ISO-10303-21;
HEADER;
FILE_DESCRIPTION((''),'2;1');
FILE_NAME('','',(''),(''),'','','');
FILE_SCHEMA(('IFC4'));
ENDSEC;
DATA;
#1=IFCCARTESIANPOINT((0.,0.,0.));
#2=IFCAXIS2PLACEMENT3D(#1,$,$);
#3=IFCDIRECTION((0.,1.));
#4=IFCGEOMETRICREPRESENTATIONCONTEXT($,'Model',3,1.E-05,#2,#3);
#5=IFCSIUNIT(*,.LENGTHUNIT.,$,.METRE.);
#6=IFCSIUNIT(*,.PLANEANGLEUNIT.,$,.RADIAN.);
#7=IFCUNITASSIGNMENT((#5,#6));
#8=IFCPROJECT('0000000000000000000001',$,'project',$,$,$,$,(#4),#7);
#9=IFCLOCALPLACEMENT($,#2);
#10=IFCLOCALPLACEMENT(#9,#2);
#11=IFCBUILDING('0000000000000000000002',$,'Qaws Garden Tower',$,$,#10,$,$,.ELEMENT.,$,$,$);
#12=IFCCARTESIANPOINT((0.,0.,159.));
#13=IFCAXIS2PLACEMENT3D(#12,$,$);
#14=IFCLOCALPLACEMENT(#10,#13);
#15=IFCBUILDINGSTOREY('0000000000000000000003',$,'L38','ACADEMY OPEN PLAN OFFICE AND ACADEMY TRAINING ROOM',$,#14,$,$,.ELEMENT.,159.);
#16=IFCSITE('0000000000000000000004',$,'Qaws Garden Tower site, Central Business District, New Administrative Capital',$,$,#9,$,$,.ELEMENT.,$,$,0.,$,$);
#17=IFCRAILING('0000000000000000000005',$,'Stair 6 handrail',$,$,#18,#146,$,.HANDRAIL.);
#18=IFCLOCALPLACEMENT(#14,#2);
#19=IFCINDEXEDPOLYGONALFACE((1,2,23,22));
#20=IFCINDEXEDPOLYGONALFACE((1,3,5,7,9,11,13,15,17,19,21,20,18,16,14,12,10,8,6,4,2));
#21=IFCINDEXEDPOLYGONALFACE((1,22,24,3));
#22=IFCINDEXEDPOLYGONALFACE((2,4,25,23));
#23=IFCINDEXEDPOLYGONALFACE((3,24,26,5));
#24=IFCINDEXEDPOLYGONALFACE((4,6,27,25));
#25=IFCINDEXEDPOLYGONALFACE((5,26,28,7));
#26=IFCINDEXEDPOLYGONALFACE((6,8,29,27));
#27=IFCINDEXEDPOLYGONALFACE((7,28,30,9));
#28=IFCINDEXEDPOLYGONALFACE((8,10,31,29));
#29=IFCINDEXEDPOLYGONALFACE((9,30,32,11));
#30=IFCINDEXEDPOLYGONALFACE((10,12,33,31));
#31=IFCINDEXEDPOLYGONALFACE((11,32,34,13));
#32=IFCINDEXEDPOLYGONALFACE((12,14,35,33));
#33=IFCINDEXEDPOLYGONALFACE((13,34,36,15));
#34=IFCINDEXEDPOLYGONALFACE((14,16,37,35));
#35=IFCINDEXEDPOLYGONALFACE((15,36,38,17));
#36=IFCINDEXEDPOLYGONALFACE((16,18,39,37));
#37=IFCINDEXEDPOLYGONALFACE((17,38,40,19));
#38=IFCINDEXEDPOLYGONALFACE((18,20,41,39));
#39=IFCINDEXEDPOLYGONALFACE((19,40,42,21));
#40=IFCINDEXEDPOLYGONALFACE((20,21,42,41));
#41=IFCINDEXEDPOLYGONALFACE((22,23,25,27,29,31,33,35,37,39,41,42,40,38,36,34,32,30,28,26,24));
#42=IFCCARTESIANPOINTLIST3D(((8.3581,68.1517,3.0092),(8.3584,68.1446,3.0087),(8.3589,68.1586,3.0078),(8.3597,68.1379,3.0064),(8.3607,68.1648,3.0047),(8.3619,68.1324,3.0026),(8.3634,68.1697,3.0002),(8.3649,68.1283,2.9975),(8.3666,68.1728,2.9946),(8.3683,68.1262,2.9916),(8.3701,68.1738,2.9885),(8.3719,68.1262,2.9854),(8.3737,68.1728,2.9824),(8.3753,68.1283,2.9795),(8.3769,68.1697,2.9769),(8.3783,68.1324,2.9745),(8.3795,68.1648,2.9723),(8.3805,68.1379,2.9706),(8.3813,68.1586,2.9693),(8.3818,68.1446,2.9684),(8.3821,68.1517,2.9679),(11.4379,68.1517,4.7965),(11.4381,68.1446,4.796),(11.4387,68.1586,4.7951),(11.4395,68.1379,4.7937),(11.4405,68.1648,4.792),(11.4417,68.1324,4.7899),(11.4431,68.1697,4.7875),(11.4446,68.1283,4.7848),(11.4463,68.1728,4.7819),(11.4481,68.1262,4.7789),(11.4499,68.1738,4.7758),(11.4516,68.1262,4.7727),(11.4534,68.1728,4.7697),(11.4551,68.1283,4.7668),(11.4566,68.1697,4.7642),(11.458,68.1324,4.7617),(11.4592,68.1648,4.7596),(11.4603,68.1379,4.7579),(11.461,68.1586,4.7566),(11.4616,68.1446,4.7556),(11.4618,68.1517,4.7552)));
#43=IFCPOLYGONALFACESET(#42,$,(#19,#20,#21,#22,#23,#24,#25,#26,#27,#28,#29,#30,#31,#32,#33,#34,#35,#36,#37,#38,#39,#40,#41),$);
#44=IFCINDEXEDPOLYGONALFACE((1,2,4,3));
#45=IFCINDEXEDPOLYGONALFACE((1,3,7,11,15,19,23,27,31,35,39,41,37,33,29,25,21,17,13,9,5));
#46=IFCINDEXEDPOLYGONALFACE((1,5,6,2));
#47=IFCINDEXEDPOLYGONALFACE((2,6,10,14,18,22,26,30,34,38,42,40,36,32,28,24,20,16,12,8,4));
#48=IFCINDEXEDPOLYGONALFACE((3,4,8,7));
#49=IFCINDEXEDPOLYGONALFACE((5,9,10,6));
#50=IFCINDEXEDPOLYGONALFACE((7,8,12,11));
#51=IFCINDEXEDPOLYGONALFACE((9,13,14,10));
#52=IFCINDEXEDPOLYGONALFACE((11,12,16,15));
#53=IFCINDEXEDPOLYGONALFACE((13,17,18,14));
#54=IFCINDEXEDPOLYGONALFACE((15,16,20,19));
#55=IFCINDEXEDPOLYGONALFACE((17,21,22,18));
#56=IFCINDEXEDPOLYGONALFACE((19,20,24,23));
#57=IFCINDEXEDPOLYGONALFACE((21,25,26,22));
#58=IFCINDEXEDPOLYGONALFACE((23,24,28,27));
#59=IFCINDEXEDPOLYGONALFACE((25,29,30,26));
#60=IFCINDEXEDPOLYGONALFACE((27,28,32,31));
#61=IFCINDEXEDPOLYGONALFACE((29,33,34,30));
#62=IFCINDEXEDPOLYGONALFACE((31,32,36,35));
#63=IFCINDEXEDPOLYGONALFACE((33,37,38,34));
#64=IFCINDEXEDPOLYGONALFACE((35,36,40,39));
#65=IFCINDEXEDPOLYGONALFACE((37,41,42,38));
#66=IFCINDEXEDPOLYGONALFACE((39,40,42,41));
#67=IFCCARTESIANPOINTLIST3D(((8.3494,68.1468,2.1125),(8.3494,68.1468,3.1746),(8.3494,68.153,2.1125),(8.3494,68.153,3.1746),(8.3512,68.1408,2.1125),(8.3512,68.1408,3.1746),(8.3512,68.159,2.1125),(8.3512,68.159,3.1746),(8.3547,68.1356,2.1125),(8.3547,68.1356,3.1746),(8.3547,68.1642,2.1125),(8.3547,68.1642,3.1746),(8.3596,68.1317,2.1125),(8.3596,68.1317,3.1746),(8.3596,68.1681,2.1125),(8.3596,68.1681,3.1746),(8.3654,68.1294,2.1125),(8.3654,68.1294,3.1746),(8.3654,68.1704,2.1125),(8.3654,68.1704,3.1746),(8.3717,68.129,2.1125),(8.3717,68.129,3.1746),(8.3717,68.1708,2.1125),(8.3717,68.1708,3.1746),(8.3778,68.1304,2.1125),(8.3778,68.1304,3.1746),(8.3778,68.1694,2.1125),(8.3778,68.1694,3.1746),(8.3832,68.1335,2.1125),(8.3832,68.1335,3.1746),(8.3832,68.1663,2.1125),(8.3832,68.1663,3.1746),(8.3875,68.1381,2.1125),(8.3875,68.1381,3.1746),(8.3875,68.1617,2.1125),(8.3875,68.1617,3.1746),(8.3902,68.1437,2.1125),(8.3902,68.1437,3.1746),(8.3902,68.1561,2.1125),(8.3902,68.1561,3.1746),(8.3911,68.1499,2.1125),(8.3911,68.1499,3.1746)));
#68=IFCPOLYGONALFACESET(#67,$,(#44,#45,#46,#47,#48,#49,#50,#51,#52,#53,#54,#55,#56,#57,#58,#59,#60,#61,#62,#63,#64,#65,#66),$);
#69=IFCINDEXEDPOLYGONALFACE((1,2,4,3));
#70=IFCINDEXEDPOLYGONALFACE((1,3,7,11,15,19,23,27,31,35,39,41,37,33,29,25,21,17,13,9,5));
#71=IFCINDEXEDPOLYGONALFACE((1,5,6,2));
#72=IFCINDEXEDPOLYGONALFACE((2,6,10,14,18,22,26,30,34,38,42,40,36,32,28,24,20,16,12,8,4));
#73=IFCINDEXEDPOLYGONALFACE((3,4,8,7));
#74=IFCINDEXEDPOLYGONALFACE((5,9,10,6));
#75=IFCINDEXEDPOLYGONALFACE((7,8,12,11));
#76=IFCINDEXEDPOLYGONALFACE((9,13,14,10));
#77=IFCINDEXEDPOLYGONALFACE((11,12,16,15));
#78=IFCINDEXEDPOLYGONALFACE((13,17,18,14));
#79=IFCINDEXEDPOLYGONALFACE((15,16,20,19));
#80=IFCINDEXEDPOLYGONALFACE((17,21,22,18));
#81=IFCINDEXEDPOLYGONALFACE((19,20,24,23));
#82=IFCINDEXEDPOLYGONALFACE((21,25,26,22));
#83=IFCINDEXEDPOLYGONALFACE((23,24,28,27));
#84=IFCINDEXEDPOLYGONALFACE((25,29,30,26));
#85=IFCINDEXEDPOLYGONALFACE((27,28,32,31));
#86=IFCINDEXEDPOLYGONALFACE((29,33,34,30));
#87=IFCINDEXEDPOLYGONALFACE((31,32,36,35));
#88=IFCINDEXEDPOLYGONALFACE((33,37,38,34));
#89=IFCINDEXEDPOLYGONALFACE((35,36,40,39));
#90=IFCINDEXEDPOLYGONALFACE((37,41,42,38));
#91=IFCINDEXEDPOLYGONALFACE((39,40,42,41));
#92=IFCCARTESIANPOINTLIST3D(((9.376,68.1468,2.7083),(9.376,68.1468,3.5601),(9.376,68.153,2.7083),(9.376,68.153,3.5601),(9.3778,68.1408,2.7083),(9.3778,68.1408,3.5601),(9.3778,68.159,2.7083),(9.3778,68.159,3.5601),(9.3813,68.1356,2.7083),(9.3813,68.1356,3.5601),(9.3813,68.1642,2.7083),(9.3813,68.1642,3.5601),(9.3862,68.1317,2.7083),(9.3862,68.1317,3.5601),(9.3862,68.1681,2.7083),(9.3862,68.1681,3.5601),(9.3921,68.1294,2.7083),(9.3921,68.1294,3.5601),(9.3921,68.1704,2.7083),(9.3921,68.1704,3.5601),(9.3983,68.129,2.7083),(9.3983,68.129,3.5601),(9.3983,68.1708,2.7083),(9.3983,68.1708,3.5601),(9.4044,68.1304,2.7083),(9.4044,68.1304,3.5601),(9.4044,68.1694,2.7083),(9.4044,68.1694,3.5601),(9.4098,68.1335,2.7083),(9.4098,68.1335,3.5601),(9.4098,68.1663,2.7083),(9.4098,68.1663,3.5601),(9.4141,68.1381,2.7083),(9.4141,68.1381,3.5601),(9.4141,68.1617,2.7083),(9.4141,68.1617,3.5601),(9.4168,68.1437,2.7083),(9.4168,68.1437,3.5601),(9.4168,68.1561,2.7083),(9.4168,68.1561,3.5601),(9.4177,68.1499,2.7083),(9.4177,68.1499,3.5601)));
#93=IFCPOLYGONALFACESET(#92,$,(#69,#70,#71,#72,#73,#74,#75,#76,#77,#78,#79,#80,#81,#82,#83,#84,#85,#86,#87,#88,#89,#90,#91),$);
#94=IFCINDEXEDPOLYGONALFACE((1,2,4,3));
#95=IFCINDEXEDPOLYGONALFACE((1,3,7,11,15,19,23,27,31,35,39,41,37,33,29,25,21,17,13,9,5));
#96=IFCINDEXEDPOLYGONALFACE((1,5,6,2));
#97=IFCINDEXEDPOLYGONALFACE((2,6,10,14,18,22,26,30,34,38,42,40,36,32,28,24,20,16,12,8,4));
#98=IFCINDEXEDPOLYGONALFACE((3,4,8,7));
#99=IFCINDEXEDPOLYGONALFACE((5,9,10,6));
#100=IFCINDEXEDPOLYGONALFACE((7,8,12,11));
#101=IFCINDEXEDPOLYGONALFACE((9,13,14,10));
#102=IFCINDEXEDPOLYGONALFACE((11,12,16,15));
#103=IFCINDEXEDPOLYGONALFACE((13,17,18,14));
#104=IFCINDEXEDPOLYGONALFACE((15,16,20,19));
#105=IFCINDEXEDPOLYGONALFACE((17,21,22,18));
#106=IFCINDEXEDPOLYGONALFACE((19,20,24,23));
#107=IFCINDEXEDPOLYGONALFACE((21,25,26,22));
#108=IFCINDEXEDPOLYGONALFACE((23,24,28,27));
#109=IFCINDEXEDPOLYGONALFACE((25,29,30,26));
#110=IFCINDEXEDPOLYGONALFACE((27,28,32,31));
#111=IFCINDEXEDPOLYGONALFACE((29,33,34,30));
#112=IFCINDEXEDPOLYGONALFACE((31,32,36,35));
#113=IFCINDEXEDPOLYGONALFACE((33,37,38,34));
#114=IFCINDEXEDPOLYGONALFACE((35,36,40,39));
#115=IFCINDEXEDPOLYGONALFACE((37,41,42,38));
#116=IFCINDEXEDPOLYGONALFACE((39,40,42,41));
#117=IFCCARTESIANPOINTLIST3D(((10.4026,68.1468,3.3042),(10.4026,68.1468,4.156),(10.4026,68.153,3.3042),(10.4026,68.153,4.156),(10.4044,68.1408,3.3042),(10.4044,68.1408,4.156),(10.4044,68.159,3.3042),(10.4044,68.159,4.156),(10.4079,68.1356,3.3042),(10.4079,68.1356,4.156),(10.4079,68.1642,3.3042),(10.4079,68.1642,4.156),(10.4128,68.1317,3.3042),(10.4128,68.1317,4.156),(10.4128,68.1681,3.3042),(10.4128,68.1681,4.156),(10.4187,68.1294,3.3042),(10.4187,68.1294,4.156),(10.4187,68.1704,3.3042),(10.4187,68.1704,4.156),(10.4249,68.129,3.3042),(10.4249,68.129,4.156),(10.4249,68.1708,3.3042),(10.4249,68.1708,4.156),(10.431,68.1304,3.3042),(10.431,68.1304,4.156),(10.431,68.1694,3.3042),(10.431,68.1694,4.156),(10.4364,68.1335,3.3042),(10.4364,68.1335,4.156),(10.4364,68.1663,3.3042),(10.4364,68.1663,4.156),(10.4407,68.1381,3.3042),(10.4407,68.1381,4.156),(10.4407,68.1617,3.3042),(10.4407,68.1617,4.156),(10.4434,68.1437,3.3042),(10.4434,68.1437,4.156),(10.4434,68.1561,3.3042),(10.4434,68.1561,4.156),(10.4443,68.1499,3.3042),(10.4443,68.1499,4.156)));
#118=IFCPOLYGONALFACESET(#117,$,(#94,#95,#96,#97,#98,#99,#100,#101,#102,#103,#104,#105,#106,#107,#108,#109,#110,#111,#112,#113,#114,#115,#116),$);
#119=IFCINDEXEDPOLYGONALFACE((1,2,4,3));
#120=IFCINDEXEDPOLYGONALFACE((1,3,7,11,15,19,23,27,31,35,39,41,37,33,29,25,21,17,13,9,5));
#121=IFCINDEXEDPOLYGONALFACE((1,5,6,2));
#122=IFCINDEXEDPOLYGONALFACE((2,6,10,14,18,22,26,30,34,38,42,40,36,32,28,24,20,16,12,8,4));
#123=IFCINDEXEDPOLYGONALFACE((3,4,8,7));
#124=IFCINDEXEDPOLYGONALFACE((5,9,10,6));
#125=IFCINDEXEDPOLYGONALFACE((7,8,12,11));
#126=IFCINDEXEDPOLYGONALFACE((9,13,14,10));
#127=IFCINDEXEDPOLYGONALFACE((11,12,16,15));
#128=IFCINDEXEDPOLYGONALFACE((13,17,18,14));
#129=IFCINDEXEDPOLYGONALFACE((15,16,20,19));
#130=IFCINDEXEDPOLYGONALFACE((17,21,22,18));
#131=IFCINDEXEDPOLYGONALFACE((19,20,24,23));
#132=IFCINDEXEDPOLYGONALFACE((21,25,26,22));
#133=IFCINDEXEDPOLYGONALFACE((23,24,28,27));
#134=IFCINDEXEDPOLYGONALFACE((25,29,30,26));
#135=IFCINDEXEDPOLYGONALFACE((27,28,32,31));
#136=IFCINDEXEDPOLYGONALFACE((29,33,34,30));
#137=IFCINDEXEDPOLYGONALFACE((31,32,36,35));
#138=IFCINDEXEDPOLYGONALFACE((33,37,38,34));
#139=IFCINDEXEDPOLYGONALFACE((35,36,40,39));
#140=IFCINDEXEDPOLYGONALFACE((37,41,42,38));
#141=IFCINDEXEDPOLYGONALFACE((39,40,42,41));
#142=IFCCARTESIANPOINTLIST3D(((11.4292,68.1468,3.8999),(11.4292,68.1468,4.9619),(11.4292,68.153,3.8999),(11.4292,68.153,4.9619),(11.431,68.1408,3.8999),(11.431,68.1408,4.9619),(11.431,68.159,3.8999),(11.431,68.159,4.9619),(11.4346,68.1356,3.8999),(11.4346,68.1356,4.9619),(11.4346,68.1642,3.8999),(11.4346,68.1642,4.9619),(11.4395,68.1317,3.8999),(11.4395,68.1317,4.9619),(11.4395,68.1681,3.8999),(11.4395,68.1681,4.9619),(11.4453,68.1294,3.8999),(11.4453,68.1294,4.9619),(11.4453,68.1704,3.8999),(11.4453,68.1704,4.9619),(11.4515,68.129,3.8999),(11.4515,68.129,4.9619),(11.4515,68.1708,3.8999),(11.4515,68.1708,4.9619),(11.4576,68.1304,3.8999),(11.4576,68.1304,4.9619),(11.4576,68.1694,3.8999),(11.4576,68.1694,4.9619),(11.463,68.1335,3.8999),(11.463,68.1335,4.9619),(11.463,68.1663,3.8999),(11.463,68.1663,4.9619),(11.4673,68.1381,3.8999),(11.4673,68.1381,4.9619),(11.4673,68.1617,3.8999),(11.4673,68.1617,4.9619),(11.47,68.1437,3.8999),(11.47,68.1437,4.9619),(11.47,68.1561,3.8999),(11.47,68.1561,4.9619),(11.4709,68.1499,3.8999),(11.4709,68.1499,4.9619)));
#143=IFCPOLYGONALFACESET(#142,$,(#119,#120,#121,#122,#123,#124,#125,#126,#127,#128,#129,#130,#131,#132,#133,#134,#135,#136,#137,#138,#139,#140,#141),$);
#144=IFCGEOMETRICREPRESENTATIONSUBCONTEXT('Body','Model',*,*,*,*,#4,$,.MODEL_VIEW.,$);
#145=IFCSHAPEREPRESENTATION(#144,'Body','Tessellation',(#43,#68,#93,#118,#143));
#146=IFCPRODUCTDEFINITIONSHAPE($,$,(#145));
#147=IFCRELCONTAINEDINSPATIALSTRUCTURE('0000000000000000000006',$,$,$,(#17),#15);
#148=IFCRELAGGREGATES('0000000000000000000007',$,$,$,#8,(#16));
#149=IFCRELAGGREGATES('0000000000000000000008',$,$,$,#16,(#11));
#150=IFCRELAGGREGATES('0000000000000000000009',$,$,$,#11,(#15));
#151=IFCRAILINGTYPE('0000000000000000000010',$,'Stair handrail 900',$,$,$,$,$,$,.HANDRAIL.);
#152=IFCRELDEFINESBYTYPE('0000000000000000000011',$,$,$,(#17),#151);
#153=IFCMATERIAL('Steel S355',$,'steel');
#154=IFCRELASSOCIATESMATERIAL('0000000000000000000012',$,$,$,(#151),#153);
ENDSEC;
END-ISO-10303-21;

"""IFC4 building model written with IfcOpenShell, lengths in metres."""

from ifc_helpers import new_model, si_unit, direction, frame, origin, origin_2d, place, context, subcontext, project, spatial, circle, extrude, material, type_object, element, save


model = new_model("IFC4")

# Units and contexts
model_context = context("Model", 3, precision=1e-05, world=origin(), true_north=direction((0.0, 1.0)))
body_context = subcontext(model_context, "Body", "Model", "MODEL_VIEW")
ifc_project = project(units=[si_unit("LENGTHUNIT", "METRE"), si_unit("PLANEANGLEUNIT", "RADIAN")], contexts=[model_context])

# Site, building, storey
site_placement = place(None, origin())
site = spatial("IfcSite", under=ifc_project, at=site_placement, Name="Qaws Garden Tower site, Central Business District, New Administrative Capital", CompositionType="ELEMENT", RefElevation=0.0)
building_placement = place(site_placement, origin())
building = spatial("IfcBuilding", under=site, at=building_placement, Name="Qaws Garden Tower", CompositionType="ELEMENT")
storey_placement = place(building_placement, frame((0.0, 0.0, 159.0)))
storey = spatial("IfcBuildingStorey", under=building, at=storey_placement, Name="L38", Description="ACADEMY OPEN PLAN OFFICE AND ACADEMY TRAINING ROOM", CompositionType="ELEMENT", Elevation=159.0)

# Railing
ifc_material_1 = material(Name="Steel S355", Category="steel")
railing_type = type_object("IfcRailingType", Name="Stair handrail 900", PredefinedType="HANDRAIL", material=ifc_material_1)
railing_1_placement = place(storey_placement, frame((8.3701, 68.1499, 2.1125)))
element("IfcRailing", 1, at=railing_1_placement, inside=storey, type_object=railing_type, Name="Stair 6 handrail", PredefinedType="HANDRAIL", context=body_context, shape_type="SweptSolid", body=[
    extrude(circle(Radius=0.0239, at=origin_2d()), frame((0.0, 0.0, 0.876), z_axis=(0.864903, 0.0, 0.501939), x_axis=(0.0, 1.0, 0.0)), (0.0, 0.0, 1.0), 3.5608),
    extrude(circle(Radius=0.021, at=origin_2d()), origin(), (0.0, 0.0, 1.0), 1.062),
    extrude(circle(Radius=0.021, at=origin_2d()), frame((1.0266, 0.0, 0.5957)), (0.0, 0.0, 1.0), 0.8518),
    extrude(circle(Radius=0.021, at=origin_2d()), frame((2.0532, 0.0, 1.1917)), (0.0, 0.0, 1.0), 0.8518),
    extrude(circle(Radius=0.021, at=origin_2d()), frame((3.0798, 0.0, 1.7874)), (0.0, 0.0, 1.0), 1.062),
])

save(model, "model.ifc")
